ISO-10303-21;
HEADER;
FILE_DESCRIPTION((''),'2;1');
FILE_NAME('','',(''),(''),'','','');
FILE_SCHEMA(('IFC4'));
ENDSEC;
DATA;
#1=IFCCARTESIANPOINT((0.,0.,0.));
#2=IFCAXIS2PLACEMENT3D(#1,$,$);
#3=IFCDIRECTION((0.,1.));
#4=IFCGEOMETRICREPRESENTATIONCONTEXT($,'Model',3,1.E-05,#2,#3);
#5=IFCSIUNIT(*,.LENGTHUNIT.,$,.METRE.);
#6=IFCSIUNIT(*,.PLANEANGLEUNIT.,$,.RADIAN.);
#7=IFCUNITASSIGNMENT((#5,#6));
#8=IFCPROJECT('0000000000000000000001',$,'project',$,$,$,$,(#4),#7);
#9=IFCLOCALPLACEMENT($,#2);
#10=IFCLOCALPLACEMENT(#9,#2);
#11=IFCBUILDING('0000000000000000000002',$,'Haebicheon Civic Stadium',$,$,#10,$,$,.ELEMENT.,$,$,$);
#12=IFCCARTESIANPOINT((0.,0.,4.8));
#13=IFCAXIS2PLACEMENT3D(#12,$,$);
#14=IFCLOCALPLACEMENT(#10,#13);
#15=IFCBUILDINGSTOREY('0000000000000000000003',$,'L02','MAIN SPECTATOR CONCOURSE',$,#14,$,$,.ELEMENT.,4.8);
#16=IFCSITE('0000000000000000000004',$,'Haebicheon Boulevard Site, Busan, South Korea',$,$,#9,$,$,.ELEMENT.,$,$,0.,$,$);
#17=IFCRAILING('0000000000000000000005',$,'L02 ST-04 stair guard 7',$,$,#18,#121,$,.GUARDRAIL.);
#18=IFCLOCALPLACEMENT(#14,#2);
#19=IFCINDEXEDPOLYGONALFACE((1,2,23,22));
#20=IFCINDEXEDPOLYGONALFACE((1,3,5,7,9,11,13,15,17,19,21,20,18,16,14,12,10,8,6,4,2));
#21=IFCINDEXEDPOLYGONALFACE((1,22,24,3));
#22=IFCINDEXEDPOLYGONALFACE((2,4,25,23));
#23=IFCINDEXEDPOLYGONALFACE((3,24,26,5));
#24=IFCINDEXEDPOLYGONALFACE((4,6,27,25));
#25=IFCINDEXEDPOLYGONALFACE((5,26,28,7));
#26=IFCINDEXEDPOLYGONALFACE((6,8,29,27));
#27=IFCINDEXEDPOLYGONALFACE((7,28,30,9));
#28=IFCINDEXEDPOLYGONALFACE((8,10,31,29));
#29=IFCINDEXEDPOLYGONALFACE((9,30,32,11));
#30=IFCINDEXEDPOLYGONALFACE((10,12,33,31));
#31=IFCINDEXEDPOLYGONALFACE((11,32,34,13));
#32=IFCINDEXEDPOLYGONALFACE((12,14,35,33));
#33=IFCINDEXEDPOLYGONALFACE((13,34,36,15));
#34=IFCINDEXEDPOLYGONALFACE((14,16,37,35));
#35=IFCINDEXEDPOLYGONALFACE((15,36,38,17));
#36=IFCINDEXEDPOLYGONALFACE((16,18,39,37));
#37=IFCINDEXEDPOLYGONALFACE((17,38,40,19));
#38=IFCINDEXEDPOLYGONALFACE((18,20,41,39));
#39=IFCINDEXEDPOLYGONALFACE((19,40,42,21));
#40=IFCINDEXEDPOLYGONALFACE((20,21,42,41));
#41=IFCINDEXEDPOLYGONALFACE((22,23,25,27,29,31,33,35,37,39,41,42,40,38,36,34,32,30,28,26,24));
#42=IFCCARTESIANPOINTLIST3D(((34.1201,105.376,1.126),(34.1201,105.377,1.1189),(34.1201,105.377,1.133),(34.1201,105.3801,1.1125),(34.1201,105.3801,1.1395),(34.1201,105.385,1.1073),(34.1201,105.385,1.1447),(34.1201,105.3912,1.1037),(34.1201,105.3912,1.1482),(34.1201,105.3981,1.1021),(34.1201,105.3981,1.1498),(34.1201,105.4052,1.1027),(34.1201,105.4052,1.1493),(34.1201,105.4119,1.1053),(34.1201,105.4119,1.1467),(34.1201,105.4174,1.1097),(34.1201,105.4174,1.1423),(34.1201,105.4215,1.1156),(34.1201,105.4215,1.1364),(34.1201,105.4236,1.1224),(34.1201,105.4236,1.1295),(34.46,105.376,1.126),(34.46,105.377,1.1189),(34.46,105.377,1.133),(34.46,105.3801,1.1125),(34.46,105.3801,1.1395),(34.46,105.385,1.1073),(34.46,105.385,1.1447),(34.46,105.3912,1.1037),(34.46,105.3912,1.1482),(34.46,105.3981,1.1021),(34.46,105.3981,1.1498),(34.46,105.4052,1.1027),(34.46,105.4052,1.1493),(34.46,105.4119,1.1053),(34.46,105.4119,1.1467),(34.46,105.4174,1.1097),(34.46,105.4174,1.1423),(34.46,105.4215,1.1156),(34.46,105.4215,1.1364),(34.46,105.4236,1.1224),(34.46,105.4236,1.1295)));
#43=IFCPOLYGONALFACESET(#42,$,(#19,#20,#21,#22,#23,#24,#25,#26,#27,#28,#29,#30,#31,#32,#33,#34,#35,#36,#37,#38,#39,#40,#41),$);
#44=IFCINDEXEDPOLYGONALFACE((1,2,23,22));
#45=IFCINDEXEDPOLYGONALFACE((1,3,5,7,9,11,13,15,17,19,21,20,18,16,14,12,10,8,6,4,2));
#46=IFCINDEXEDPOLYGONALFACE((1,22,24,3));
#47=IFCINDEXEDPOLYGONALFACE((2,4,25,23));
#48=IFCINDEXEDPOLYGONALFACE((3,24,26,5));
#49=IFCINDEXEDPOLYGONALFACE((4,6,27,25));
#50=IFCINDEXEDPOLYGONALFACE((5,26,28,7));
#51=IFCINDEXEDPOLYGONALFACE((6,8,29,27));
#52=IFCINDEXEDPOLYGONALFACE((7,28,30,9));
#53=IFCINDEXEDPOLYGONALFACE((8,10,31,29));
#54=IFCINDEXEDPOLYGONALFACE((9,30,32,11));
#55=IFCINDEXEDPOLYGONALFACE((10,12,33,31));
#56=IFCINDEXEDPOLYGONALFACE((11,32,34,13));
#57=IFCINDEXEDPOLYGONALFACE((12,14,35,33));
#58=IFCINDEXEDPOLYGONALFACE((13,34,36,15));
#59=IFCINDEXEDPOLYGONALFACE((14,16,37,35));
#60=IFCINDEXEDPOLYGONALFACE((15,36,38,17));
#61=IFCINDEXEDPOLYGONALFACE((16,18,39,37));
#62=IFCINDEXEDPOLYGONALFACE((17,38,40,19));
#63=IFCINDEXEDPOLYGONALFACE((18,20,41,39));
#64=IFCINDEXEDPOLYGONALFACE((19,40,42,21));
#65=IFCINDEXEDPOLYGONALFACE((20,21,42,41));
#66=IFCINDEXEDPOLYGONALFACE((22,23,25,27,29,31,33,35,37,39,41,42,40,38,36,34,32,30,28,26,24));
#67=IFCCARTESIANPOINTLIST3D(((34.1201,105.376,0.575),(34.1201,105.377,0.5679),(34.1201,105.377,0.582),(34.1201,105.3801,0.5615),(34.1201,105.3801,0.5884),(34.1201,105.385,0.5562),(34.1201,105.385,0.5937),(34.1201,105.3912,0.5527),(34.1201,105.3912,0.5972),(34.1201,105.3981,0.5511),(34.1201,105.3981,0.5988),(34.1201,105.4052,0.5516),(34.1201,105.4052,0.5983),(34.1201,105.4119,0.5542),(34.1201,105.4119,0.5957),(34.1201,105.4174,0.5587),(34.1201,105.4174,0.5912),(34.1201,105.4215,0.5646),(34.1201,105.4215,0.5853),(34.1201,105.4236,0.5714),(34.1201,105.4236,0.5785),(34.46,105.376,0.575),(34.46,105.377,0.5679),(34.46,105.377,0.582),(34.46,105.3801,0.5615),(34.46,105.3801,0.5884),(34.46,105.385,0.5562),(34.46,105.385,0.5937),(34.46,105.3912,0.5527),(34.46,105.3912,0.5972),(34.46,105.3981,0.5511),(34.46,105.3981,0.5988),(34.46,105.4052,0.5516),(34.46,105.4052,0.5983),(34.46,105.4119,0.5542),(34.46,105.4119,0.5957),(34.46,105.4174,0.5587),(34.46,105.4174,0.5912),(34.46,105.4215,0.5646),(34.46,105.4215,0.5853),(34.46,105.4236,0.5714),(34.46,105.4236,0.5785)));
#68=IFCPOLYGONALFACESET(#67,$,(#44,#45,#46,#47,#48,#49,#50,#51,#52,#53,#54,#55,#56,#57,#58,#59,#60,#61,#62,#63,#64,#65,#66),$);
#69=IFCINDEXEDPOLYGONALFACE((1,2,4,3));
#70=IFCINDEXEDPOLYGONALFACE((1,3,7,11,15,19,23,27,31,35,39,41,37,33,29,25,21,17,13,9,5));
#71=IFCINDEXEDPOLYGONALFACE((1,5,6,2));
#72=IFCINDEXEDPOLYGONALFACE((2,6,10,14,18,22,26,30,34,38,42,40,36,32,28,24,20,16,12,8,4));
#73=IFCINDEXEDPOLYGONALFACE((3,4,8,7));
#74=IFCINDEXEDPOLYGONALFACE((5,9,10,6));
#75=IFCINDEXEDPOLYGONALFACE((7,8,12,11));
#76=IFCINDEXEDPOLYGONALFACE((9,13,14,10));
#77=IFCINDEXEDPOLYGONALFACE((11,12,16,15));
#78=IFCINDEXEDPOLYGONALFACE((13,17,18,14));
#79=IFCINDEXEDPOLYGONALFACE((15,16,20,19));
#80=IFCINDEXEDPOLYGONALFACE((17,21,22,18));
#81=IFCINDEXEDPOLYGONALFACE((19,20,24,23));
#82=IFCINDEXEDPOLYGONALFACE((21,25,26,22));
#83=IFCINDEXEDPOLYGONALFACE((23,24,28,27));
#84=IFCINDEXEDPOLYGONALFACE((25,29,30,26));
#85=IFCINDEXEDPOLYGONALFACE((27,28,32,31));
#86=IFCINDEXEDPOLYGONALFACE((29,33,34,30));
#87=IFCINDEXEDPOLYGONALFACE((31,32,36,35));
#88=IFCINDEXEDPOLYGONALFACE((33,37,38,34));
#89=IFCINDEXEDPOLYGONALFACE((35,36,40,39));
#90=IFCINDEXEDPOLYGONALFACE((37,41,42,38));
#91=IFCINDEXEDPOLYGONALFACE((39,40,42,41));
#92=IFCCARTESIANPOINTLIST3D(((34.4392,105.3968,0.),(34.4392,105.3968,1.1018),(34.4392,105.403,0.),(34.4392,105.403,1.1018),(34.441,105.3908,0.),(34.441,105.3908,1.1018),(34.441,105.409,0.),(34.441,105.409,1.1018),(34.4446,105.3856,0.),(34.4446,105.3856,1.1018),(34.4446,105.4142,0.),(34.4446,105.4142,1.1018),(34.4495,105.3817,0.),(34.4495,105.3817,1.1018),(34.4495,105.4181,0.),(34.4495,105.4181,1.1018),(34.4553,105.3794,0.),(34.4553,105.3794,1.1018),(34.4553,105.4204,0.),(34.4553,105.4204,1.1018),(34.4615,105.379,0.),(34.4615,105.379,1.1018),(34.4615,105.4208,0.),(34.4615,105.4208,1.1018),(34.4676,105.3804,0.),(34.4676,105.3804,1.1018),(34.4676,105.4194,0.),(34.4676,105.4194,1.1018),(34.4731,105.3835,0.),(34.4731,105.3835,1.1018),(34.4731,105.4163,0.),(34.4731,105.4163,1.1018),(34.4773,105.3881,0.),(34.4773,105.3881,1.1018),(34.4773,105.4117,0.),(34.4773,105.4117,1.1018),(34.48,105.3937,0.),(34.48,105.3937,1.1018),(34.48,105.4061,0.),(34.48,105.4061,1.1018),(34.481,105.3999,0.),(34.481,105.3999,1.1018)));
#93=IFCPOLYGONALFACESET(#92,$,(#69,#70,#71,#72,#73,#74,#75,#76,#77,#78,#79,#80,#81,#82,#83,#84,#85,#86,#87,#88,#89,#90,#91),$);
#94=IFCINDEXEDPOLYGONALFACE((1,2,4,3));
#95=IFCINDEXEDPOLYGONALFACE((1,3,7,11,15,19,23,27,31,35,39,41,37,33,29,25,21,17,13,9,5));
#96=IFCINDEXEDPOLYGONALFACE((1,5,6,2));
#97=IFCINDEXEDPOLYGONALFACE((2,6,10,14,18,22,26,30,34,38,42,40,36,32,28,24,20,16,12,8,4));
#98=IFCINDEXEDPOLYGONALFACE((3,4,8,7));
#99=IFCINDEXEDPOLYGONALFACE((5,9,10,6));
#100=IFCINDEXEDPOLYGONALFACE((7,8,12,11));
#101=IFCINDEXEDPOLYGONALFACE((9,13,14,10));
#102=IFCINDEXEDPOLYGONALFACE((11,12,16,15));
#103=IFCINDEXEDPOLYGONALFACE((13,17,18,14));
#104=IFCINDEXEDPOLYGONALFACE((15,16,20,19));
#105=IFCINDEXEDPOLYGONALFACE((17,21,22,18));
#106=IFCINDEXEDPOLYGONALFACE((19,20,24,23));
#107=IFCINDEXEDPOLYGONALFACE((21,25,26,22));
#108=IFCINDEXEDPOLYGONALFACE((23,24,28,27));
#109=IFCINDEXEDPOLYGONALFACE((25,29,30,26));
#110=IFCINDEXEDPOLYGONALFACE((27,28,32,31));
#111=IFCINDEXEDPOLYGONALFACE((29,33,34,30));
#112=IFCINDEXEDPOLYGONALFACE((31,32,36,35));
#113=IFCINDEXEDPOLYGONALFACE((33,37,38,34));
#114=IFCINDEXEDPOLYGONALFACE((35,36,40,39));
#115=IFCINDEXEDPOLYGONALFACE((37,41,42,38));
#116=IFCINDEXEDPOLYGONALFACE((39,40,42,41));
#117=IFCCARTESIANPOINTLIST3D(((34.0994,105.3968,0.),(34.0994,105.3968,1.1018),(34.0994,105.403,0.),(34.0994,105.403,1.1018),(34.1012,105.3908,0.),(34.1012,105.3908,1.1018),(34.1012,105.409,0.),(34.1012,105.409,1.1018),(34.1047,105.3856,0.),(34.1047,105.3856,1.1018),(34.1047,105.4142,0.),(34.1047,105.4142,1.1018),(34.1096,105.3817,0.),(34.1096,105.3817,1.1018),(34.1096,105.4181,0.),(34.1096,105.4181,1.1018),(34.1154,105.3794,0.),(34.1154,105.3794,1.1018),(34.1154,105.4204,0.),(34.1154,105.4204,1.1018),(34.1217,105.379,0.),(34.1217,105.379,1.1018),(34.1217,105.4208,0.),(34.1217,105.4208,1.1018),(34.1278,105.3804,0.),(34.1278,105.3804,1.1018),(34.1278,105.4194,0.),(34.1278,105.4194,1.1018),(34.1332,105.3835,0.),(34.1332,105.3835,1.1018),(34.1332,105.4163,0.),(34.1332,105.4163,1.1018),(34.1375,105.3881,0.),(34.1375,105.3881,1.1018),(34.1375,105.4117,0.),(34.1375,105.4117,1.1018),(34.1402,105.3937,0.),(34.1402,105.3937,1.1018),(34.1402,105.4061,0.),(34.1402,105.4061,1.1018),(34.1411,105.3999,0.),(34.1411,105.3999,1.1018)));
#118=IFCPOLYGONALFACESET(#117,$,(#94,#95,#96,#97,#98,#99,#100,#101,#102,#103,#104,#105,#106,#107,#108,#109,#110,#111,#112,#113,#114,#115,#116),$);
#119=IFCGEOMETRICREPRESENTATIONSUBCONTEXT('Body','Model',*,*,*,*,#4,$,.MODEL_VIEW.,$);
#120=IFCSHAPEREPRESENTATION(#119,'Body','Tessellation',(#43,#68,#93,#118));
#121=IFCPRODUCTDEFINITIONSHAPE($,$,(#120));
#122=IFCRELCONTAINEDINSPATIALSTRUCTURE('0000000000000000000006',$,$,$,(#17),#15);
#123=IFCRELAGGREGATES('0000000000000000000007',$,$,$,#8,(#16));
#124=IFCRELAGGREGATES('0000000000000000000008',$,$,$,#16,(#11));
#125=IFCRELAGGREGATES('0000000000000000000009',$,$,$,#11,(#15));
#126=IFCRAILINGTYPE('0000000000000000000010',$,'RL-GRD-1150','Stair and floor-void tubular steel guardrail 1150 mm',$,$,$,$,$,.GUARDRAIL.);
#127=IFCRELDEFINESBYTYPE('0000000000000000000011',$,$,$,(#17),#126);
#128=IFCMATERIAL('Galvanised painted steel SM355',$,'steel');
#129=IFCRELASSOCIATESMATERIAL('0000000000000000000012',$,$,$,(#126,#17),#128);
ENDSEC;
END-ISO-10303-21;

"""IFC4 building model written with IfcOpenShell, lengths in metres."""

from ifc_helpers import new_model, si_unit, direction, frame, origin, origin_2d, place, context, subcontext, project, spatial, circle, extrude, material, type_object, element, save


model = new_model("IFC4")

# Units and contexts
model_context = context("Model", 3, precision=1e-05, world=origin(), true_north=direction((0.0, 1.0)))
body_context = subcontext(model_context, "Body", "Model", "MODEL_VIEW")
ifc_project = project(units=[si_unit("LENGTHUNIT", "METRE"), si_unit("PLANEANGLEUNIT", "RADIAN")], contexts=[model_context])

# Site, building, storey
site_placement = place(None, origin())
site = spatial("IfcSite", under=ifc_project, at=site_placement, Name="Haebicheon Boulevard Site, Busan, South Korea", CompositionType="ELEMENT", RefElevation=0.0)
building_placement = place(site_placement, origin())
building = spatial("IfcBuilding", under=site, at=building_placement, Name="Haebicheon Civic Stadium", CompositionType="ELEMENT")
storey_placement = place(building_placement, frame((0.0, 0.0, 4.8)))
storey = spatial("IfcBuildingStorey", under=building, at=storey_placement, Name="L02", Description="MAIN SPECTATOR CONCOURSE", CompositionType="ELEMENT", Elevation=4.8)

# Railing
ifc_material_1 = material(Name="Galvanised painted steel SM355", Category="steel")
railing_type_1 = type_object("IfcRailingType", Name="RL-GRD-1150", Description="Stair and floor-void tubular steel guardrail 1150 mm", PredefinedType="GUARDRAIL", material=ifc_material_1)
railing_1_placement = place(storey_placement, frame((34.46, 105.3999, 0.0)))
element("IfcRailing", 1, at=railing_1_placement, inside=storey, type_object=railing_type_1, material=ifc_material_1, Name="L02 ST-04 stair guard 7", PredefinedType="GUARDRAIL", context=body_context, shape_type="SweptSolid", body=[
    extrude(circle(Radius=0.0239, at=origin_2d()), frame((0.0, 0.0, 1.126), z_axis=(-1.0, 0.0, 0.0), x_axis=(0.0, -1.0, 0.0)), (0.0, 0.0, 1.0), 0.3398),
    extrude(circle(Radius=0.0239, at=origin_2d()), frame((0.0, 0.0, 0.575), z_axis=(-1.0, 0.0, 0.0), x_axis=(0.0, -1.0, 0.0)), (0.0, 0.0, 1.0), 0.3398),
    extrude(circle(Radius=0.021, at=origin_2d()), origin(), (0.0, 0.0, 1.0), 1.1018),
    extrude(circle(Radius=0.021, at=origin_2d()), frame((-0.3398, 0.0, 0.0)), (0.0, 0.0, 1.0), 1.1018),
])

save(model, "model.ifc")
